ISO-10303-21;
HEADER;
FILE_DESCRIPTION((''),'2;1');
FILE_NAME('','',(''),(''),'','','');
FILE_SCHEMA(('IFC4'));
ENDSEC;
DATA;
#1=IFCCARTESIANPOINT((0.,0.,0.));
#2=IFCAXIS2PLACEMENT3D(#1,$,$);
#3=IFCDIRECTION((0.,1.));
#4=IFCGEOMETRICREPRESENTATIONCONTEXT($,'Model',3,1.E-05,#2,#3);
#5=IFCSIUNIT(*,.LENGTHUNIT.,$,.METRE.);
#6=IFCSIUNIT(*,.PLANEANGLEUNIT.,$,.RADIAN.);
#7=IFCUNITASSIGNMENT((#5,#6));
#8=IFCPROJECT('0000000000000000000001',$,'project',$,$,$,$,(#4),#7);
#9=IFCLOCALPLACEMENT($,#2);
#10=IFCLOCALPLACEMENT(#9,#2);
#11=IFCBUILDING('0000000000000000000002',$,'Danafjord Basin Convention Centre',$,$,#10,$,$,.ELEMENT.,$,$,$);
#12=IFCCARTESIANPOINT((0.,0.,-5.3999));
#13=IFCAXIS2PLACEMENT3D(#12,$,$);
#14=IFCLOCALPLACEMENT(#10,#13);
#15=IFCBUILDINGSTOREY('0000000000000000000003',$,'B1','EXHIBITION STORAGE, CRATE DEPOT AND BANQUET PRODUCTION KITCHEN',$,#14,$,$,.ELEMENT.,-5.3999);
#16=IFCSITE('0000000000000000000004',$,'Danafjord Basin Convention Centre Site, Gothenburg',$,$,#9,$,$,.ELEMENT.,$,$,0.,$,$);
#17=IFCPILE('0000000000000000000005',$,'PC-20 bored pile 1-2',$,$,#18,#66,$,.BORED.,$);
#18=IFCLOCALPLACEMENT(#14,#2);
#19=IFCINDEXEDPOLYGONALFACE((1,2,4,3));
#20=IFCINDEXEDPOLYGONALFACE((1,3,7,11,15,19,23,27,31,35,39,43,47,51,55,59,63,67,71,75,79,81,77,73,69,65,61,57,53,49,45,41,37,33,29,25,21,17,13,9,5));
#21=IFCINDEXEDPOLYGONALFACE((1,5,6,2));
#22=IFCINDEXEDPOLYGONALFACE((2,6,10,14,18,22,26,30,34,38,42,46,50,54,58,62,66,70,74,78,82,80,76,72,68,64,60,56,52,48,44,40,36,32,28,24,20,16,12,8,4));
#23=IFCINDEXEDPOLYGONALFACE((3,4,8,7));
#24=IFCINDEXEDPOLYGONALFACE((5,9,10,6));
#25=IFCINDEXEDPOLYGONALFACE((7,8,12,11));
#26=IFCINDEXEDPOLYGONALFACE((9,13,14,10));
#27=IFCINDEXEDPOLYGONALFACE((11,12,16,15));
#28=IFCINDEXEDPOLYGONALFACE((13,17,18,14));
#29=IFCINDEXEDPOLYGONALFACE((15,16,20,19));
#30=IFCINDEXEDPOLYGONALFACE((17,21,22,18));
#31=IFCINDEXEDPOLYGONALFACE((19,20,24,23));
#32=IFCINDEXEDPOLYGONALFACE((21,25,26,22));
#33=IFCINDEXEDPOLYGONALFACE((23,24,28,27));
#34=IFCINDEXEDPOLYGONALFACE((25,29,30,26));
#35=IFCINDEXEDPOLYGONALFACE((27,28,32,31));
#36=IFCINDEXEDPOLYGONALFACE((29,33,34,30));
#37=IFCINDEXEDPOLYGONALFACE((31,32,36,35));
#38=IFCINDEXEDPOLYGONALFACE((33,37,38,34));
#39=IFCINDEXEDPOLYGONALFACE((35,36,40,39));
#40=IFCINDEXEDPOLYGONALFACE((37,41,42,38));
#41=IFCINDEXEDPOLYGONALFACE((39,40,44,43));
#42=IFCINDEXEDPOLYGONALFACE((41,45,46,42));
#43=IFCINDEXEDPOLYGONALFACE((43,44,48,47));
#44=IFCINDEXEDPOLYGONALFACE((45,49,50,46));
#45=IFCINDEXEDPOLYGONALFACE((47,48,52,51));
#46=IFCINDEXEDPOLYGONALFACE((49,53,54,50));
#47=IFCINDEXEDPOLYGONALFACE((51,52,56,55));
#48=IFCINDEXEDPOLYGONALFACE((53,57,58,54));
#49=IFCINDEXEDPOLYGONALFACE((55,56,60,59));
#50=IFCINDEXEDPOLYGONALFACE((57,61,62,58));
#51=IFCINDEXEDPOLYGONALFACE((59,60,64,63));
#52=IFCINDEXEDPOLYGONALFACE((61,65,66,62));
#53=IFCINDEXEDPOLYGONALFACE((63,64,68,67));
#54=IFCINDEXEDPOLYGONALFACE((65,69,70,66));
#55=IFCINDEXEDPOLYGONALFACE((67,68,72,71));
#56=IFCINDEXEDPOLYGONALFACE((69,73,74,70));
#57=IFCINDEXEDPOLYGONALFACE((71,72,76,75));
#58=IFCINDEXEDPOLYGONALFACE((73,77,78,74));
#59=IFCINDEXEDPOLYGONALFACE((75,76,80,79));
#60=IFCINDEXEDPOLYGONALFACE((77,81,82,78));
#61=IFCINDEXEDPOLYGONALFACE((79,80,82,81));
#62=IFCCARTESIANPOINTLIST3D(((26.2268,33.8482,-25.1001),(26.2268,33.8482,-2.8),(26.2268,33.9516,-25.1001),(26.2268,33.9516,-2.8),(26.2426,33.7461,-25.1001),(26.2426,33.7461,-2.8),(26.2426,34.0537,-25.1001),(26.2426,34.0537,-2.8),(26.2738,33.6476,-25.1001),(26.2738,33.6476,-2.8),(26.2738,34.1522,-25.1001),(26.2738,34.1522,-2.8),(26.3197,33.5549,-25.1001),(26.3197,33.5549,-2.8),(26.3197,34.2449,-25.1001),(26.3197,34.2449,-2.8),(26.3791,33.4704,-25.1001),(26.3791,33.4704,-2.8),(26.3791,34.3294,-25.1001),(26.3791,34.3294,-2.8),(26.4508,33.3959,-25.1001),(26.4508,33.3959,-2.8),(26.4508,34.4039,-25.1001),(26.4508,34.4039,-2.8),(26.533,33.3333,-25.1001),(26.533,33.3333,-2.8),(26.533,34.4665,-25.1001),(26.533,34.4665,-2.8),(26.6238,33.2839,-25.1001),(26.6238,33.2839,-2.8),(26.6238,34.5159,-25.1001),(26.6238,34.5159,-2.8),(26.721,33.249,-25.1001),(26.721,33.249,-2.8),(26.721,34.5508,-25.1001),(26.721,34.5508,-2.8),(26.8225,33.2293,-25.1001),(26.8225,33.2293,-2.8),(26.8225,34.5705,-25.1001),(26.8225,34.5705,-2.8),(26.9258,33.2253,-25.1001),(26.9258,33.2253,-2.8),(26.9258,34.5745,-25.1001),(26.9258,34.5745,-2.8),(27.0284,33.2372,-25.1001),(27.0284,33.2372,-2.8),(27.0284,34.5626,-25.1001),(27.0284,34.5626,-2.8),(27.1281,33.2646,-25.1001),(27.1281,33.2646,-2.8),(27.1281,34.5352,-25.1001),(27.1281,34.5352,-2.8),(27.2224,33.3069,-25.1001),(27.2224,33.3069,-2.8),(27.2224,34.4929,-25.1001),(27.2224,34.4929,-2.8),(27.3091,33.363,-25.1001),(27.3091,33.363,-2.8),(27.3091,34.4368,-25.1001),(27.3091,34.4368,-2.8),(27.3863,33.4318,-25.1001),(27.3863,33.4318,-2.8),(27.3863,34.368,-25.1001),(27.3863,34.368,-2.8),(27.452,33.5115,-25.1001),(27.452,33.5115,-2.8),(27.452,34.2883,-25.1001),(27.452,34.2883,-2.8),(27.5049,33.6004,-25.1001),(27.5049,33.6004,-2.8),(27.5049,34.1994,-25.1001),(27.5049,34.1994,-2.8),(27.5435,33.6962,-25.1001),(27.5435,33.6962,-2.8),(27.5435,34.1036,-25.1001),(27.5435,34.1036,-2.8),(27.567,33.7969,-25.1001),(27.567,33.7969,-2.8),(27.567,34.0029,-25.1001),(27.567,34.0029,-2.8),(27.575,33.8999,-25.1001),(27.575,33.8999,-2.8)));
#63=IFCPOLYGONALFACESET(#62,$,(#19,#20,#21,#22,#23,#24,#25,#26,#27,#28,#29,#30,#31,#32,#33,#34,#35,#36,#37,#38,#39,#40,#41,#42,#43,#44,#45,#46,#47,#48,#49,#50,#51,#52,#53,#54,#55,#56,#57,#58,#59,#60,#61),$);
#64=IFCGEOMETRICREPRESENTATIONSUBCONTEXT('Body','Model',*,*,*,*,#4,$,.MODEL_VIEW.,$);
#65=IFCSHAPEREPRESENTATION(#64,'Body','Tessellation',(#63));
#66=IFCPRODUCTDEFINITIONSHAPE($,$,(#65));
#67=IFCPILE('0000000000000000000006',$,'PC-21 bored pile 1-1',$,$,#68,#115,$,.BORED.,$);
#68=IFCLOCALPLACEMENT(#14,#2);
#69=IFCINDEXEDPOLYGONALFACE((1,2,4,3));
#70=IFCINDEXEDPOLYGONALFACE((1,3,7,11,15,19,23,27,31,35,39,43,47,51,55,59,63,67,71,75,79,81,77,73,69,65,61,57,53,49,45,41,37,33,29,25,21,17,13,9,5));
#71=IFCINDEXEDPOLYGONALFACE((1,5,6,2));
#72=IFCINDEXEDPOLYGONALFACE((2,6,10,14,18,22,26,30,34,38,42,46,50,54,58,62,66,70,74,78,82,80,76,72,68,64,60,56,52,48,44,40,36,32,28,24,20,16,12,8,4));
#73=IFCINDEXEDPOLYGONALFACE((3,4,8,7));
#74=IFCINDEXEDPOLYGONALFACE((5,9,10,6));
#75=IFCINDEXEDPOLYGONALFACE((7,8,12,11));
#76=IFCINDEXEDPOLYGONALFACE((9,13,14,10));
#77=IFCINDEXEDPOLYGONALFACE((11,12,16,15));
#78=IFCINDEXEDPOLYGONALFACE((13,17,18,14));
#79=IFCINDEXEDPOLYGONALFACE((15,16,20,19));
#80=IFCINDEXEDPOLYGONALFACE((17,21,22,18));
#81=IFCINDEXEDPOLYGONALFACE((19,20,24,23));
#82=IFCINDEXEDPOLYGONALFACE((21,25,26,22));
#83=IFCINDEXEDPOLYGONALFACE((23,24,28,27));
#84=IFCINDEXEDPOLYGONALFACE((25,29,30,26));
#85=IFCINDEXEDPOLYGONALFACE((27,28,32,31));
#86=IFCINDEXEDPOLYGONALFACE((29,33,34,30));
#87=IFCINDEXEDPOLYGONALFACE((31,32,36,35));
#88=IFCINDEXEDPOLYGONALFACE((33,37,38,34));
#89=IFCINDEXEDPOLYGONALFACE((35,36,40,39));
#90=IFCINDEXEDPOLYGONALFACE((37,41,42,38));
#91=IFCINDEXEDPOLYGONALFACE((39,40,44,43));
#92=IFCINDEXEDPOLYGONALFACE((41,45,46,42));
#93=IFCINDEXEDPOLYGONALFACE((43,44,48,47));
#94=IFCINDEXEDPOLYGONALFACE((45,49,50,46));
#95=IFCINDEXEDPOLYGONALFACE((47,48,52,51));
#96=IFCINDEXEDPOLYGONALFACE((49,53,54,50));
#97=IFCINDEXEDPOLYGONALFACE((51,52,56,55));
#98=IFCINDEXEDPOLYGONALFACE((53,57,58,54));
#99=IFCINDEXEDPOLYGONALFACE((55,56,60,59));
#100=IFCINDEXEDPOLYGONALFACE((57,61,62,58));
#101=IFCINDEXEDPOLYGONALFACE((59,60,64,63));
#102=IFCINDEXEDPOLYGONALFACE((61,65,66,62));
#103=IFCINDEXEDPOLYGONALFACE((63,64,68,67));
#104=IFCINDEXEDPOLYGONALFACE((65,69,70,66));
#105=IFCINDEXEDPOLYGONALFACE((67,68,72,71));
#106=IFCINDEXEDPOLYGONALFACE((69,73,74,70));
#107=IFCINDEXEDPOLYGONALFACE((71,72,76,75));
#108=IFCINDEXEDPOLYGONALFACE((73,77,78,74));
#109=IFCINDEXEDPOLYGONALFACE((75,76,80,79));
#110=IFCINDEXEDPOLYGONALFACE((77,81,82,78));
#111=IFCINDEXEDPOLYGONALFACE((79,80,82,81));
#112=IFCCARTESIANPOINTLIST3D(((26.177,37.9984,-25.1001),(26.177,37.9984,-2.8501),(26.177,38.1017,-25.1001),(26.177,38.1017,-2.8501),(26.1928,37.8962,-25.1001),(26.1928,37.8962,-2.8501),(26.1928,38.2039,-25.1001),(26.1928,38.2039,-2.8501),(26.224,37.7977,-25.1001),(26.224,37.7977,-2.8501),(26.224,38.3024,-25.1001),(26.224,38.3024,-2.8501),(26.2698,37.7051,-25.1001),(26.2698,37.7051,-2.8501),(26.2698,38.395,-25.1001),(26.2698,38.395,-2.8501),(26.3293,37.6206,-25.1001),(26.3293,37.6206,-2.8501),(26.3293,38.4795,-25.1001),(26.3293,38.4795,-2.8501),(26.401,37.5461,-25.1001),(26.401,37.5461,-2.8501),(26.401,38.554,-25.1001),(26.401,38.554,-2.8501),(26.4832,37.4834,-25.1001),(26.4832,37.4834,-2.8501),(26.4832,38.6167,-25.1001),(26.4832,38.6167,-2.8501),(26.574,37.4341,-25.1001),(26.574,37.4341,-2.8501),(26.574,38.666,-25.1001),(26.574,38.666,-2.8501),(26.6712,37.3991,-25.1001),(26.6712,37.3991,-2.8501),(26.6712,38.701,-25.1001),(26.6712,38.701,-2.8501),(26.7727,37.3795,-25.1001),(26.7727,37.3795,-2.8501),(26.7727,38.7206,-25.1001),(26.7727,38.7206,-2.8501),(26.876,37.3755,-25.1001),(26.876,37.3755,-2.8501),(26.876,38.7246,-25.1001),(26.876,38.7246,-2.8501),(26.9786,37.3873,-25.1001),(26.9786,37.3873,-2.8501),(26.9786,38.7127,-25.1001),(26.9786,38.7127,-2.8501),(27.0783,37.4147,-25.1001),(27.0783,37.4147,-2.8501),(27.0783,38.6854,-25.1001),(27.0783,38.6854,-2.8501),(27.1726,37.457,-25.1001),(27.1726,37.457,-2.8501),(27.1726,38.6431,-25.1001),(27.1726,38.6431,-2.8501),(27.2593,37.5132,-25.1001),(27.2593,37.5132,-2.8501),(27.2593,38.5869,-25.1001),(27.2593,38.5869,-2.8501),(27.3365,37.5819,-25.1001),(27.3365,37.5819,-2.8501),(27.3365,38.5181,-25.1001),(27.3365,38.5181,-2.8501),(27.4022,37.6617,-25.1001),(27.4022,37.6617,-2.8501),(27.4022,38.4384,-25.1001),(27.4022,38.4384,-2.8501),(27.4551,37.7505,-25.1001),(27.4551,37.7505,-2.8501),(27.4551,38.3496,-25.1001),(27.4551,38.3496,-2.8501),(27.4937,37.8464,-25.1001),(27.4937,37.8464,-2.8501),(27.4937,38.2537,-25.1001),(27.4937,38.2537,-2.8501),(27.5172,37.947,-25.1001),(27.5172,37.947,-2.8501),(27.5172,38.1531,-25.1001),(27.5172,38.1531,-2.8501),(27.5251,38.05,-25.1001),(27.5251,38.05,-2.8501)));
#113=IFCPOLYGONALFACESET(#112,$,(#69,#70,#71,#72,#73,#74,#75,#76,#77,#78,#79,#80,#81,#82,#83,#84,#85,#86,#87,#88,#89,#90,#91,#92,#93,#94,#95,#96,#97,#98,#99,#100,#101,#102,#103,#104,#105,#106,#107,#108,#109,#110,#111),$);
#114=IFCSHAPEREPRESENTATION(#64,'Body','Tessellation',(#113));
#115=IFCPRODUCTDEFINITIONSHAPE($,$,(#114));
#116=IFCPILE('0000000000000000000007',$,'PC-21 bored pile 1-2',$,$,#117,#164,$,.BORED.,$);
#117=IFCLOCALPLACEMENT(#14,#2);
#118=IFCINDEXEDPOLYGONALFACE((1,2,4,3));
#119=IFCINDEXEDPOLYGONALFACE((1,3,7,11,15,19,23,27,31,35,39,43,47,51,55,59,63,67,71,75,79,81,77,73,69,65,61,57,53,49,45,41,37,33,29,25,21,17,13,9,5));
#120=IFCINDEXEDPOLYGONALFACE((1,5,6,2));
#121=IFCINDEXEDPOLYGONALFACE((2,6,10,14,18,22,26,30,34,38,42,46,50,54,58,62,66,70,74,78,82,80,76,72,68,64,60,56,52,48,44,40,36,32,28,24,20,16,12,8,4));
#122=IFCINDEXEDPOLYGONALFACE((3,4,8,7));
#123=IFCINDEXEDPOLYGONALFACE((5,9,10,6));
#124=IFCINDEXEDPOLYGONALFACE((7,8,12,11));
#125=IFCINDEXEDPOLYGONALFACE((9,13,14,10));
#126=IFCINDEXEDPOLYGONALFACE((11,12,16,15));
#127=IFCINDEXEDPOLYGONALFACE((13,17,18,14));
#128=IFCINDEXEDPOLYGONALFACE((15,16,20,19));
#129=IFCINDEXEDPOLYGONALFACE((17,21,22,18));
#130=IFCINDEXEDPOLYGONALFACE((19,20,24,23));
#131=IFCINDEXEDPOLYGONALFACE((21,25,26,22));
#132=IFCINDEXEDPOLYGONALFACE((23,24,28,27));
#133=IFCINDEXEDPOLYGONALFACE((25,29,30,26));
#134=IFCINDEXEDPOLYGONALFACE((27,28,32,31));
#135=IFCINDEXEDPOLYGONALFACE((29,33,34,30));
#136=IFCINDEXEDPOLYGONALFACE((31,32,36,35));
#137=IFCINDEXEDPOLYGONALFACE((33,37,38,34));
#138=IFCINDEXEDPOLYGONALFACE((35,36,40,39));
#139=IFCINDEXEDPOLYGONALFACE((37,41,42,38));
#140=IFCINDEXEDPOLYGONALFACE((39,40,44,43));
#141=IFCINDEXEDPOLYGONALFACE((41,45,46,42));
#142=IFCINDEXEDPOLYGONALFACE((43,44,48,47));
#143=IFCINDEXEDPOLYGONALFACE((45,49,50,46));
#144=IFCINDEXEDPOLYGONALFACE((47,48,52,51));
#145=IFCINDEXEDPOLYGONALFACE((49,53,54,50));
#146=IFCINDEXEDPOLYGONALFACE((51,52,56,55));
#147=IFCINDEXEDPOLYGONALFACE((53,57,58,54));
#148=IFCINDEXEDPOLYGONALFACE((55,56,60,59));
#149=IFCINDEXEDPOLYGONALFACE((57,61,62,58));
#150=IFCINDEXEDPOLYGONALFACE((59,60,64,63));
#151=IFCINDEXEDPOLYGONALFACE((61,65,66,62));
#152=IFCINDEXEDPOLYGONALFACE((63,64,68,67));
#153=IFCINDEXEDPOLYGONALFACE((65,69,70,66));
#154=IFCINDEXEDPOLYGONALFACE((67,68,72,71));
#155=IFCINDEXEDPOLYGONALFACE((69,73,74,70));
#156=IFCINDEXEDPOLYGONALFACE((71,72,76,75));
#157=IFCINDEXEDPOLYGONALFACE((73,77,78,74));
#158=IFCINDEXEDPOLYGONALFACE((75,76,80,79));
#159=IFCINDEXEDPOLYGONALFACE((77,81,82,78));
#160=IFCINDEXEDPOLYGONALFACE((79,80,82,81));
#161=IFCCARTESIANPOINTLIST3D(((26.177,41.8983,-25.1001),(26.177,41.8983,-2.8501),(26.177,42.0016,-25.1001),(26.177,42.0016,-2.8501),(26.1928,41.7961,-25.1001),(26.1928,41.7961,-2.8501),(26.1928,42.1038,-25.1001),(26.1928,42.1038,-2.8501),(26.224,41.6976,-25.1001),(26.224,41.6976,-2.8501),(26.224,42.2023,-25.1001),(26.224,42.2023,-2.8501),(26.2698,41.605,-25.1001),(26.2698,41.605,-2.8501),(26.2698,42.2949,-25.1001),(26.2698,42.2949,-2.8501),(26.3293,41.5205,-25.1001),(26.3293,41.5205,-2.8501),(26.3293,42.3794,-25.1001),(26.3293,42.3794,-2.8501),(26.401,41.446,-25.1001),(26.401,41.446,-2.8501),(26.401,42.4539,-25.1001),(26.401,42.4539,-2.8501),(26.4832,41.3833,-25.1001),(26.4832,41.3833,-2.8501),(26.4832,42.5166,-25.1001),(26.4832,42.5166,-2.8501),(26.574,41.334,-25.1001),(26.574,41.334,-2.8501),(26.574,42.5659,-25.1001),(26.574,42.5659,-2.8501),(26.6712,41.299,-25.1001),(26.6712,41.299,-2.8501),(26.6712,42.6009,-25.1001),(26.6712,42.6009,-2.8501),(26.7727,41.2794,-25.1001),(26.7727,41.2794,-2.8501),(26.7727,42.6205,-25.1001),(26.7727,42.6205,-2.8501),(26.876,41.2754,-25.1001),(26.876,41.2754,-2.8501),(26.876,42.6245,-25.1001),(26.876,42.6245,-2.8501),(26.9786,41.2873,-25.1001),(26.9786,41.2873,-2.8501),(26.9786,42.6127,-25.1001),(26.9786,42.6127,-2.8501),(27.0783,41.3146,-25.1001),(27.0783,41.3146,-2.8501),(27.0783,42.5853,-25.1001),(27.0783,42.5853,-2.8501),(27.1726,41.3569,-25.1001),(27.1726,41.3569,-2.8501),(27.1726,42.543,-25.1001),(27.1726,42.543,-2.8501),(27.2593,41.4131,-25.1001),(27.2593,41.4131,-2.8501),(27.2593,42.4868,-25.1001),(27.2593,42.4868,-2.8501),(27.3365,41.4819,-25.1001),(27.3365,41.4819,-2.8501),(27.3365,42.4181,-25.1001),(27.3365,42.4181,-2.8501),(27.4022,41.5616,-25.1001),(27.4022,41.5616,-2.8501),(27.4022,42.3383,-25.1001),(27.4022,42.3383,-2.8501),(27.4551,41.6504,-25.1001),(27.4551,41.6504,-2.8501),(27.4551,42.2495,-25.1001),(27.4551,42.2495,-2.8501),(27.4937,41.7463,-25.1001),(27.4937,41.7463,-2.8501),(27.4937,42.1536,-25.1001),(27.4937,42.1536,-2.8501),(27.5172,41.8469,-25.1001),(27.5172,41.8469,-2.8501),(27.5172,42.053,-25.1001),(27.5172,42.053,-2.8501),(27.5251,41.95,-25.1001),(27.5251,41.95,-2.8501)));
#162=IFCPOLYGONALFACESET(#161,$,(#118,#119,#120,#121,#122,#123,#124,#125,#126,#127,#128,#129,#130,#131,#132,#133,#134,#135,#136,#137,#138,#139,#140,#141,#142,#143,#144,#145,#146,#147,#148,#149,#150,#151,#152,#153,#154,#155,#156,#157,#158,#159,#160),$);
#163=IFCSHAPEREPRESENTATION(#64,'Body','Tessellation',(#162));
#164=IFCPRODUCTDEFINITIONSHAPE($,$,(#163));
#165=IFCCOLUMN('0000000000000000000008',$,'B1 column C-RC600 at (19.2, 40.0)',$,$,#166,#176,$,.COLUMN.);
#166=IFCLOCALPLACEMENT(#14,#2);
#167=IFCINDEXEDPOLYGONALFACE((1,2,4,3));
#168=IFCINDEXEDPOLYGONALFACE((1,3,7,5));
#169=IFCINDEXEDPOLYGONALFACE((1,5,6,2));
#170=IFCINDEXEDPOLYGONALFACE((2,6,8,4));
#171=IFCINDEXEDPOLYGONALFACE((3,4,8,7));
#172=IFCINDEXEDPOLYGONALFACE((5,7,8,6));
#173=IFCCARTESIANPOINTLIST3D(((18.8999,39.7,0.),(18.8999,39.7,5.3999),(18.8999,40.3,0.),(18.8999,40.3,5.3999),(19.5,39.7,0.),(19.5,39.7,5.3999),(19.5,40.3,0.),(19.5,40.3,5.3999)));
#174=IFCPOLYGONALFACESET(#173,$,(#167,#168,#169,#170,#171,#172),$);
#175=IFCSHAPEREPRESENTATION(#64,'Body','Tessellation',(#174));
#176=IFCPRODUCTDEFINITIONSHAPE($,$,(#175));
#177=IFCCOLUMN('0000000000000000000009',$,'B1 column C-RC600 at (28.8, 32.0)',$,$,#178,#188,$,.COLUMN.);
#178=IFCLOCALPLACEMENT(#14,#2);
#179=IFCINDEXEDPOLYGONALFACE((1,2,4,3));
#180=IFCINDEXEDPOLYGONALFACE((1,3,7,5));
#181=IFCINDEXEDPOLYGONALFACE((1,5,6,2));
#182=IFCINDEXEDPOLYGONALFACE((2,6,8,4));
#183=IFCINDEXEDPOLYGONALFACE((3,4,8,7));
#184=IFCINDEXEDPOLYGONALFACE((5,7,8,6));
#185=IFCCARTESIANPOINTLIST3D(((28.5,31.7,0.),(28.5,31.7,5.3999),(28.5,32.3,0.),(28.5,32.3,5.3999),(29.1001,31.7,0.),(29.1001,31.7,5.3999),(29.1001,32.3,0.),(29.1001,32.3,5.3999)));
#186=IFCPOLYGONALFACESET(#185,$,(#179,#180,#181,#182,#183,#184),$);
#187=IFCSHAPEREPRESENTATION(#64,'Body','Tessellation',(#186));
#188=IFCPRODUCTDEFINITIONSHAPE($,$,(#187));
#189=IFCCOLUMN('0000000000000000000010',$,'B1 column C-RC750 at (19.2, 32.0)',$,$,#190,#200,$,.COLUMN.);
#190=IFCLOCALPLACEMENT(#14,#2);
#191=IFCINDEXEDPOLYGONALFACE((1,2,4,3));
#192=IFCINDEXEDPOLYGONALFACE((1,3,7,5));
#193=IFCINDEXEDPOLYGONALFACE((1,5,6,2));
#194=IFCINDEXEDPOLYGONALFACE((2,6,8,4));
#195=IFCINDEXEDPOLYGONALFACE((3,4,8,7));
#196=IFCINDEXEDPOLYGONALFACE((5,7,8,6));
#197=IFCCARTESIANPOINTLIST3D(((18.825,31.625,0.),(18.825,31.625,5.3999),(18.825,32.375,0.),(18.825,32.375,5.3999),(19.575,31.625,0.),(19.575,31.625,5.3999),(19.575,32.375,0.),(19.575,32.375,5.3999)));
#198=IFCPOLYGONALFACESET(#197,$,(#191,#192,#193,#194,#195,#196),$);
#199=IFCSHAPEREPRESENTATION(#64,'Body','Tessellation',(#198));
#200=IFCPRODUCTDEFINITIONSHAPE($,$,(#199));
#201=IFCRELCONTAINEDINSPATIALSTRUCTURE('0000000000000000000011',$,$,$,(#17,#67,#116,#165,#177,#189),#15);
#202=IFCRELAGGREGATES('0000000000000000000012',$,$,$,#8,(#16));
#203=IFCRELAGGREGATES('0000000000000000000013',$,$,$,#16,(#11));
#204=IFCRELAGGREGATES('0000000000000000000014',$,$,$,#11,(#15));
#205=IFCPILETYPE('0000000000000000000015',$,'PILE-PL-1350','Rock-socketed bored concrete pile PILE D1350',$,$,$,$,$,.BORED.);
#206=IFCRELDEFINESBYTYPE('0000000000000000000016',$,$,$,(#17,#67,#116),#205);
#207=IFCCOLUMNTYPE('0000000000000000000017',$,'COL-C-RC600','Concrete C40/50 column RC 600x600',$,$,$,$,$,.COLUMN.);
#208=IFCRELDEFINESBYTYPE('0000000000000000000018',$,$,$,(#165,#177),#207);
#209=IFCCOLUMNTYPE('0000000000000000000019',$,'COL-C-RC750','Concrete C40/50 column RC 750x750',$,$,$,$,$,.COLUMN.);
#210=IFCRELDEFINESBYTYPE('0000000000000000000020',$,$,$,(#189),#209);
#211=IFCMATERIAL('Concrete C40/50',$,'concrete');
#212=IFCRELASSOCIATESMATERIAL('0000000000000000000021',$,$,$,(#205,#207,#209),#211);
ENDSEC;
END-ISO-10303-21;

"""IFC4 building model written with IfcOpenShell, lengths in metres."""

from ifc_helpers import new_model, si_unit, direction, frame, origin, origin_2d, place, context, subcontext, project, spatial, rectangle, circle, extrude, material, material_profile, profile_set, type_object, element, save


model = new_model("IFC4")

# Units and contexts
model_context = context("Model", 3, precision=1e-05, world=origin(), true_north=direction((0.0, 1.0)))
body_context = subcontext(model_context, "Body", "Model", "MODEL_VIEW")
ifc_project = project(units=[si_unit("LENGTHUNIT", "METRE"), si_unit("PLANEANGLEUNIT", "RADIAN")], contexts=[model_context])

# Site, building, storey
site_placement = place(None, origin())
site = spatial("IfcSite", under=ifc_project, at=site_placement, Name="Danafjord Basin Convention Centre Site, Gothenburg", CompositionType="ELEMENT", RefElevation=0.0)
building_placement = place(site_placement, origin())
building = spatial("IfcBuilding", under=site, at=building_placement, Name="Danafjord Basin Convention Centre", CompositionType="ELEMENT")
storey_placement = place(building_placement, frame((0.0, 0.0, -5.3999)))
storey = spatial("IfcBuildingStorey", under=building, at=storey_placement, Name="B1", Description="EXHIBITION STORAGE, CRATE DEPOT AND BANQUET PRODUCTION KITCHEN", CompositionType="ELEMENT", Elevation=-5.3999)

# Shared definitions
ifc_material_1 = material(Name="Concrete C40/50", Category="concrete")

# Piles
ifc_material_profile_1 = material_profile(ifc_material_1, circle(Radius=0.675, at=origin_2d()), Name="PILE D1350")
ifc_profile_set_1 = profile_set([ifc_material_profile_1], Name="Concrete C40/50")
pile_type_1 = type_object("IfcPileType", Name="PILE-PL-1350", Description="Rock-socketed bored concrete pile PILE D1350", PredefinedType="BORED", material=ifc_profile_set_1)
for number, where, z_axis, x_axis, name in (
    (1, (26.8999, 33.8999, -2.8), (0.0, 0.0, -1.0), (1.0, 0.0, 0.0), "PC-20 bored pile 1-2"),
):
    element("IfcPile", number, at=place(storey_placement, frame(where, z_axis=z_axis, x_axis=x_axis)), inside=storey, type_object=pile_type_1, Name=name, PredefinedType="BORED", context=body_context, shape_type="SweptSolid", body=[
        extrude(circle(Radius=0.675, at=origin_2d()), origin(), (0.0, 0.0, 1.0), 22.3),
    ])
for number, where, z_axis, x_axis, name in (
    (2, (26.8501, 38.05, -2.8501), (0.0, 0.0, -1.0), (1.0, 0.0, 0.0), "PC-21 bored pile 1-1"),
    (3, (26.8501, 41.95, -2.8501), (0.0, 0.0, -1.0), (1.0, 0.0, 0.0), "PC-21 bored pile 1-2"),
):
    element("IfcPile", number, at=place(storey_placement, frame(where, z_axis=z_axis, x_axis=x_axis)), inside=storey, type_object=pile_type_1, Name=name, PredefinedType="BORED", context=body_context, shape_type="SweptSolid", body=[
        extrude(circle(Radius=0.675, at=origin_2d()), origin(), (0.0, 0.0, 1.0), 22.25),
    ])

# Columns
ifc_material_profile_2 = material_profile(ifc_material_1, rectangle(XDim=0.6001, YDim=0.6001, at=origin_2d()), Name="RC 600x600")
ifc_profile_set_2 = profile_set([ifc_material_profile_2], Name="Concrete C40/50")
column_type_1 = type_object("IfcColumnType", Name="COL-C-RC600", Description="Concrete C40/50 column RC 600x600", PredefinedType="COLUMN", material=ifc_profile_set_2)
for number, where, z_axis, x_axis, name in (
    (4, (19.2, 40.0, 0.0), (0.0, 0.0, 1.0), (1.0, 0.0, 0.0), "B1 column C-RC600 at (19.2, 40.0)"),
    (5, (28.8, 32.0, 0.0), (0.0, 0.0, 1.0), (1.0, 0.0, 0.0), "B1 column C-RC600 at (28.8, 32.0)"),
):
    element("IfcColumn", number, at=place(storey_placement, frame(where, z_axis=z_axis, x_axis=x_axis)), inside=storey, type_object=column_type_1, Name=name, PredefinedType="COLUMN", context=body_context, shape_type="SweptSolid", body=[
        extrude(rectangle(XDim=0.6001, YDim=0.6001, at=origin_2d()), origin(), (0.0, 0.0, 1.0), 5.3999),
    ])
ifc_material_profile_3 = material_profile(ifc_material_1, rectangle(XDim=0.75, YDim=0.75, at=origin_2d()), Name="RC 750x750")
ifc_profile_set_3 = profile_set([ifc_material_profile_3], Name="Concrete C40/50")
column_type_2 = type_object("IfcColumnType", Name="COL-C-RC750", Description="Concrete C40/50 column RC 750x750", PredefinedType="COLUMN", material=ifc_profile_set_3)
for number, where, z_axis, x_axis, name in (
    (6, (19.2, 32.0, 0.0), (0.0, 0.0, 1.0), (1.0, 0.0, 0.0), "B1 column C-RC750 at (19.2, 32.0)"),
):
    element("IfcColumn", number, at=place(storey_placement, frame(where, z_axis=z_axis, x_axis=x_axis)), inside=storey, type_object=column_type_2, Name=name, PredefinedType="COLUMN", context=body_context, shape_type="SweptSolid", body=[
        extrude(rectangle(XDim=0.75, YDim=0.75, at=origin_2d()), origin(), (0.0, 0.0, 1.0), 5.3999),
    ])

save(model, "model.ifc")
